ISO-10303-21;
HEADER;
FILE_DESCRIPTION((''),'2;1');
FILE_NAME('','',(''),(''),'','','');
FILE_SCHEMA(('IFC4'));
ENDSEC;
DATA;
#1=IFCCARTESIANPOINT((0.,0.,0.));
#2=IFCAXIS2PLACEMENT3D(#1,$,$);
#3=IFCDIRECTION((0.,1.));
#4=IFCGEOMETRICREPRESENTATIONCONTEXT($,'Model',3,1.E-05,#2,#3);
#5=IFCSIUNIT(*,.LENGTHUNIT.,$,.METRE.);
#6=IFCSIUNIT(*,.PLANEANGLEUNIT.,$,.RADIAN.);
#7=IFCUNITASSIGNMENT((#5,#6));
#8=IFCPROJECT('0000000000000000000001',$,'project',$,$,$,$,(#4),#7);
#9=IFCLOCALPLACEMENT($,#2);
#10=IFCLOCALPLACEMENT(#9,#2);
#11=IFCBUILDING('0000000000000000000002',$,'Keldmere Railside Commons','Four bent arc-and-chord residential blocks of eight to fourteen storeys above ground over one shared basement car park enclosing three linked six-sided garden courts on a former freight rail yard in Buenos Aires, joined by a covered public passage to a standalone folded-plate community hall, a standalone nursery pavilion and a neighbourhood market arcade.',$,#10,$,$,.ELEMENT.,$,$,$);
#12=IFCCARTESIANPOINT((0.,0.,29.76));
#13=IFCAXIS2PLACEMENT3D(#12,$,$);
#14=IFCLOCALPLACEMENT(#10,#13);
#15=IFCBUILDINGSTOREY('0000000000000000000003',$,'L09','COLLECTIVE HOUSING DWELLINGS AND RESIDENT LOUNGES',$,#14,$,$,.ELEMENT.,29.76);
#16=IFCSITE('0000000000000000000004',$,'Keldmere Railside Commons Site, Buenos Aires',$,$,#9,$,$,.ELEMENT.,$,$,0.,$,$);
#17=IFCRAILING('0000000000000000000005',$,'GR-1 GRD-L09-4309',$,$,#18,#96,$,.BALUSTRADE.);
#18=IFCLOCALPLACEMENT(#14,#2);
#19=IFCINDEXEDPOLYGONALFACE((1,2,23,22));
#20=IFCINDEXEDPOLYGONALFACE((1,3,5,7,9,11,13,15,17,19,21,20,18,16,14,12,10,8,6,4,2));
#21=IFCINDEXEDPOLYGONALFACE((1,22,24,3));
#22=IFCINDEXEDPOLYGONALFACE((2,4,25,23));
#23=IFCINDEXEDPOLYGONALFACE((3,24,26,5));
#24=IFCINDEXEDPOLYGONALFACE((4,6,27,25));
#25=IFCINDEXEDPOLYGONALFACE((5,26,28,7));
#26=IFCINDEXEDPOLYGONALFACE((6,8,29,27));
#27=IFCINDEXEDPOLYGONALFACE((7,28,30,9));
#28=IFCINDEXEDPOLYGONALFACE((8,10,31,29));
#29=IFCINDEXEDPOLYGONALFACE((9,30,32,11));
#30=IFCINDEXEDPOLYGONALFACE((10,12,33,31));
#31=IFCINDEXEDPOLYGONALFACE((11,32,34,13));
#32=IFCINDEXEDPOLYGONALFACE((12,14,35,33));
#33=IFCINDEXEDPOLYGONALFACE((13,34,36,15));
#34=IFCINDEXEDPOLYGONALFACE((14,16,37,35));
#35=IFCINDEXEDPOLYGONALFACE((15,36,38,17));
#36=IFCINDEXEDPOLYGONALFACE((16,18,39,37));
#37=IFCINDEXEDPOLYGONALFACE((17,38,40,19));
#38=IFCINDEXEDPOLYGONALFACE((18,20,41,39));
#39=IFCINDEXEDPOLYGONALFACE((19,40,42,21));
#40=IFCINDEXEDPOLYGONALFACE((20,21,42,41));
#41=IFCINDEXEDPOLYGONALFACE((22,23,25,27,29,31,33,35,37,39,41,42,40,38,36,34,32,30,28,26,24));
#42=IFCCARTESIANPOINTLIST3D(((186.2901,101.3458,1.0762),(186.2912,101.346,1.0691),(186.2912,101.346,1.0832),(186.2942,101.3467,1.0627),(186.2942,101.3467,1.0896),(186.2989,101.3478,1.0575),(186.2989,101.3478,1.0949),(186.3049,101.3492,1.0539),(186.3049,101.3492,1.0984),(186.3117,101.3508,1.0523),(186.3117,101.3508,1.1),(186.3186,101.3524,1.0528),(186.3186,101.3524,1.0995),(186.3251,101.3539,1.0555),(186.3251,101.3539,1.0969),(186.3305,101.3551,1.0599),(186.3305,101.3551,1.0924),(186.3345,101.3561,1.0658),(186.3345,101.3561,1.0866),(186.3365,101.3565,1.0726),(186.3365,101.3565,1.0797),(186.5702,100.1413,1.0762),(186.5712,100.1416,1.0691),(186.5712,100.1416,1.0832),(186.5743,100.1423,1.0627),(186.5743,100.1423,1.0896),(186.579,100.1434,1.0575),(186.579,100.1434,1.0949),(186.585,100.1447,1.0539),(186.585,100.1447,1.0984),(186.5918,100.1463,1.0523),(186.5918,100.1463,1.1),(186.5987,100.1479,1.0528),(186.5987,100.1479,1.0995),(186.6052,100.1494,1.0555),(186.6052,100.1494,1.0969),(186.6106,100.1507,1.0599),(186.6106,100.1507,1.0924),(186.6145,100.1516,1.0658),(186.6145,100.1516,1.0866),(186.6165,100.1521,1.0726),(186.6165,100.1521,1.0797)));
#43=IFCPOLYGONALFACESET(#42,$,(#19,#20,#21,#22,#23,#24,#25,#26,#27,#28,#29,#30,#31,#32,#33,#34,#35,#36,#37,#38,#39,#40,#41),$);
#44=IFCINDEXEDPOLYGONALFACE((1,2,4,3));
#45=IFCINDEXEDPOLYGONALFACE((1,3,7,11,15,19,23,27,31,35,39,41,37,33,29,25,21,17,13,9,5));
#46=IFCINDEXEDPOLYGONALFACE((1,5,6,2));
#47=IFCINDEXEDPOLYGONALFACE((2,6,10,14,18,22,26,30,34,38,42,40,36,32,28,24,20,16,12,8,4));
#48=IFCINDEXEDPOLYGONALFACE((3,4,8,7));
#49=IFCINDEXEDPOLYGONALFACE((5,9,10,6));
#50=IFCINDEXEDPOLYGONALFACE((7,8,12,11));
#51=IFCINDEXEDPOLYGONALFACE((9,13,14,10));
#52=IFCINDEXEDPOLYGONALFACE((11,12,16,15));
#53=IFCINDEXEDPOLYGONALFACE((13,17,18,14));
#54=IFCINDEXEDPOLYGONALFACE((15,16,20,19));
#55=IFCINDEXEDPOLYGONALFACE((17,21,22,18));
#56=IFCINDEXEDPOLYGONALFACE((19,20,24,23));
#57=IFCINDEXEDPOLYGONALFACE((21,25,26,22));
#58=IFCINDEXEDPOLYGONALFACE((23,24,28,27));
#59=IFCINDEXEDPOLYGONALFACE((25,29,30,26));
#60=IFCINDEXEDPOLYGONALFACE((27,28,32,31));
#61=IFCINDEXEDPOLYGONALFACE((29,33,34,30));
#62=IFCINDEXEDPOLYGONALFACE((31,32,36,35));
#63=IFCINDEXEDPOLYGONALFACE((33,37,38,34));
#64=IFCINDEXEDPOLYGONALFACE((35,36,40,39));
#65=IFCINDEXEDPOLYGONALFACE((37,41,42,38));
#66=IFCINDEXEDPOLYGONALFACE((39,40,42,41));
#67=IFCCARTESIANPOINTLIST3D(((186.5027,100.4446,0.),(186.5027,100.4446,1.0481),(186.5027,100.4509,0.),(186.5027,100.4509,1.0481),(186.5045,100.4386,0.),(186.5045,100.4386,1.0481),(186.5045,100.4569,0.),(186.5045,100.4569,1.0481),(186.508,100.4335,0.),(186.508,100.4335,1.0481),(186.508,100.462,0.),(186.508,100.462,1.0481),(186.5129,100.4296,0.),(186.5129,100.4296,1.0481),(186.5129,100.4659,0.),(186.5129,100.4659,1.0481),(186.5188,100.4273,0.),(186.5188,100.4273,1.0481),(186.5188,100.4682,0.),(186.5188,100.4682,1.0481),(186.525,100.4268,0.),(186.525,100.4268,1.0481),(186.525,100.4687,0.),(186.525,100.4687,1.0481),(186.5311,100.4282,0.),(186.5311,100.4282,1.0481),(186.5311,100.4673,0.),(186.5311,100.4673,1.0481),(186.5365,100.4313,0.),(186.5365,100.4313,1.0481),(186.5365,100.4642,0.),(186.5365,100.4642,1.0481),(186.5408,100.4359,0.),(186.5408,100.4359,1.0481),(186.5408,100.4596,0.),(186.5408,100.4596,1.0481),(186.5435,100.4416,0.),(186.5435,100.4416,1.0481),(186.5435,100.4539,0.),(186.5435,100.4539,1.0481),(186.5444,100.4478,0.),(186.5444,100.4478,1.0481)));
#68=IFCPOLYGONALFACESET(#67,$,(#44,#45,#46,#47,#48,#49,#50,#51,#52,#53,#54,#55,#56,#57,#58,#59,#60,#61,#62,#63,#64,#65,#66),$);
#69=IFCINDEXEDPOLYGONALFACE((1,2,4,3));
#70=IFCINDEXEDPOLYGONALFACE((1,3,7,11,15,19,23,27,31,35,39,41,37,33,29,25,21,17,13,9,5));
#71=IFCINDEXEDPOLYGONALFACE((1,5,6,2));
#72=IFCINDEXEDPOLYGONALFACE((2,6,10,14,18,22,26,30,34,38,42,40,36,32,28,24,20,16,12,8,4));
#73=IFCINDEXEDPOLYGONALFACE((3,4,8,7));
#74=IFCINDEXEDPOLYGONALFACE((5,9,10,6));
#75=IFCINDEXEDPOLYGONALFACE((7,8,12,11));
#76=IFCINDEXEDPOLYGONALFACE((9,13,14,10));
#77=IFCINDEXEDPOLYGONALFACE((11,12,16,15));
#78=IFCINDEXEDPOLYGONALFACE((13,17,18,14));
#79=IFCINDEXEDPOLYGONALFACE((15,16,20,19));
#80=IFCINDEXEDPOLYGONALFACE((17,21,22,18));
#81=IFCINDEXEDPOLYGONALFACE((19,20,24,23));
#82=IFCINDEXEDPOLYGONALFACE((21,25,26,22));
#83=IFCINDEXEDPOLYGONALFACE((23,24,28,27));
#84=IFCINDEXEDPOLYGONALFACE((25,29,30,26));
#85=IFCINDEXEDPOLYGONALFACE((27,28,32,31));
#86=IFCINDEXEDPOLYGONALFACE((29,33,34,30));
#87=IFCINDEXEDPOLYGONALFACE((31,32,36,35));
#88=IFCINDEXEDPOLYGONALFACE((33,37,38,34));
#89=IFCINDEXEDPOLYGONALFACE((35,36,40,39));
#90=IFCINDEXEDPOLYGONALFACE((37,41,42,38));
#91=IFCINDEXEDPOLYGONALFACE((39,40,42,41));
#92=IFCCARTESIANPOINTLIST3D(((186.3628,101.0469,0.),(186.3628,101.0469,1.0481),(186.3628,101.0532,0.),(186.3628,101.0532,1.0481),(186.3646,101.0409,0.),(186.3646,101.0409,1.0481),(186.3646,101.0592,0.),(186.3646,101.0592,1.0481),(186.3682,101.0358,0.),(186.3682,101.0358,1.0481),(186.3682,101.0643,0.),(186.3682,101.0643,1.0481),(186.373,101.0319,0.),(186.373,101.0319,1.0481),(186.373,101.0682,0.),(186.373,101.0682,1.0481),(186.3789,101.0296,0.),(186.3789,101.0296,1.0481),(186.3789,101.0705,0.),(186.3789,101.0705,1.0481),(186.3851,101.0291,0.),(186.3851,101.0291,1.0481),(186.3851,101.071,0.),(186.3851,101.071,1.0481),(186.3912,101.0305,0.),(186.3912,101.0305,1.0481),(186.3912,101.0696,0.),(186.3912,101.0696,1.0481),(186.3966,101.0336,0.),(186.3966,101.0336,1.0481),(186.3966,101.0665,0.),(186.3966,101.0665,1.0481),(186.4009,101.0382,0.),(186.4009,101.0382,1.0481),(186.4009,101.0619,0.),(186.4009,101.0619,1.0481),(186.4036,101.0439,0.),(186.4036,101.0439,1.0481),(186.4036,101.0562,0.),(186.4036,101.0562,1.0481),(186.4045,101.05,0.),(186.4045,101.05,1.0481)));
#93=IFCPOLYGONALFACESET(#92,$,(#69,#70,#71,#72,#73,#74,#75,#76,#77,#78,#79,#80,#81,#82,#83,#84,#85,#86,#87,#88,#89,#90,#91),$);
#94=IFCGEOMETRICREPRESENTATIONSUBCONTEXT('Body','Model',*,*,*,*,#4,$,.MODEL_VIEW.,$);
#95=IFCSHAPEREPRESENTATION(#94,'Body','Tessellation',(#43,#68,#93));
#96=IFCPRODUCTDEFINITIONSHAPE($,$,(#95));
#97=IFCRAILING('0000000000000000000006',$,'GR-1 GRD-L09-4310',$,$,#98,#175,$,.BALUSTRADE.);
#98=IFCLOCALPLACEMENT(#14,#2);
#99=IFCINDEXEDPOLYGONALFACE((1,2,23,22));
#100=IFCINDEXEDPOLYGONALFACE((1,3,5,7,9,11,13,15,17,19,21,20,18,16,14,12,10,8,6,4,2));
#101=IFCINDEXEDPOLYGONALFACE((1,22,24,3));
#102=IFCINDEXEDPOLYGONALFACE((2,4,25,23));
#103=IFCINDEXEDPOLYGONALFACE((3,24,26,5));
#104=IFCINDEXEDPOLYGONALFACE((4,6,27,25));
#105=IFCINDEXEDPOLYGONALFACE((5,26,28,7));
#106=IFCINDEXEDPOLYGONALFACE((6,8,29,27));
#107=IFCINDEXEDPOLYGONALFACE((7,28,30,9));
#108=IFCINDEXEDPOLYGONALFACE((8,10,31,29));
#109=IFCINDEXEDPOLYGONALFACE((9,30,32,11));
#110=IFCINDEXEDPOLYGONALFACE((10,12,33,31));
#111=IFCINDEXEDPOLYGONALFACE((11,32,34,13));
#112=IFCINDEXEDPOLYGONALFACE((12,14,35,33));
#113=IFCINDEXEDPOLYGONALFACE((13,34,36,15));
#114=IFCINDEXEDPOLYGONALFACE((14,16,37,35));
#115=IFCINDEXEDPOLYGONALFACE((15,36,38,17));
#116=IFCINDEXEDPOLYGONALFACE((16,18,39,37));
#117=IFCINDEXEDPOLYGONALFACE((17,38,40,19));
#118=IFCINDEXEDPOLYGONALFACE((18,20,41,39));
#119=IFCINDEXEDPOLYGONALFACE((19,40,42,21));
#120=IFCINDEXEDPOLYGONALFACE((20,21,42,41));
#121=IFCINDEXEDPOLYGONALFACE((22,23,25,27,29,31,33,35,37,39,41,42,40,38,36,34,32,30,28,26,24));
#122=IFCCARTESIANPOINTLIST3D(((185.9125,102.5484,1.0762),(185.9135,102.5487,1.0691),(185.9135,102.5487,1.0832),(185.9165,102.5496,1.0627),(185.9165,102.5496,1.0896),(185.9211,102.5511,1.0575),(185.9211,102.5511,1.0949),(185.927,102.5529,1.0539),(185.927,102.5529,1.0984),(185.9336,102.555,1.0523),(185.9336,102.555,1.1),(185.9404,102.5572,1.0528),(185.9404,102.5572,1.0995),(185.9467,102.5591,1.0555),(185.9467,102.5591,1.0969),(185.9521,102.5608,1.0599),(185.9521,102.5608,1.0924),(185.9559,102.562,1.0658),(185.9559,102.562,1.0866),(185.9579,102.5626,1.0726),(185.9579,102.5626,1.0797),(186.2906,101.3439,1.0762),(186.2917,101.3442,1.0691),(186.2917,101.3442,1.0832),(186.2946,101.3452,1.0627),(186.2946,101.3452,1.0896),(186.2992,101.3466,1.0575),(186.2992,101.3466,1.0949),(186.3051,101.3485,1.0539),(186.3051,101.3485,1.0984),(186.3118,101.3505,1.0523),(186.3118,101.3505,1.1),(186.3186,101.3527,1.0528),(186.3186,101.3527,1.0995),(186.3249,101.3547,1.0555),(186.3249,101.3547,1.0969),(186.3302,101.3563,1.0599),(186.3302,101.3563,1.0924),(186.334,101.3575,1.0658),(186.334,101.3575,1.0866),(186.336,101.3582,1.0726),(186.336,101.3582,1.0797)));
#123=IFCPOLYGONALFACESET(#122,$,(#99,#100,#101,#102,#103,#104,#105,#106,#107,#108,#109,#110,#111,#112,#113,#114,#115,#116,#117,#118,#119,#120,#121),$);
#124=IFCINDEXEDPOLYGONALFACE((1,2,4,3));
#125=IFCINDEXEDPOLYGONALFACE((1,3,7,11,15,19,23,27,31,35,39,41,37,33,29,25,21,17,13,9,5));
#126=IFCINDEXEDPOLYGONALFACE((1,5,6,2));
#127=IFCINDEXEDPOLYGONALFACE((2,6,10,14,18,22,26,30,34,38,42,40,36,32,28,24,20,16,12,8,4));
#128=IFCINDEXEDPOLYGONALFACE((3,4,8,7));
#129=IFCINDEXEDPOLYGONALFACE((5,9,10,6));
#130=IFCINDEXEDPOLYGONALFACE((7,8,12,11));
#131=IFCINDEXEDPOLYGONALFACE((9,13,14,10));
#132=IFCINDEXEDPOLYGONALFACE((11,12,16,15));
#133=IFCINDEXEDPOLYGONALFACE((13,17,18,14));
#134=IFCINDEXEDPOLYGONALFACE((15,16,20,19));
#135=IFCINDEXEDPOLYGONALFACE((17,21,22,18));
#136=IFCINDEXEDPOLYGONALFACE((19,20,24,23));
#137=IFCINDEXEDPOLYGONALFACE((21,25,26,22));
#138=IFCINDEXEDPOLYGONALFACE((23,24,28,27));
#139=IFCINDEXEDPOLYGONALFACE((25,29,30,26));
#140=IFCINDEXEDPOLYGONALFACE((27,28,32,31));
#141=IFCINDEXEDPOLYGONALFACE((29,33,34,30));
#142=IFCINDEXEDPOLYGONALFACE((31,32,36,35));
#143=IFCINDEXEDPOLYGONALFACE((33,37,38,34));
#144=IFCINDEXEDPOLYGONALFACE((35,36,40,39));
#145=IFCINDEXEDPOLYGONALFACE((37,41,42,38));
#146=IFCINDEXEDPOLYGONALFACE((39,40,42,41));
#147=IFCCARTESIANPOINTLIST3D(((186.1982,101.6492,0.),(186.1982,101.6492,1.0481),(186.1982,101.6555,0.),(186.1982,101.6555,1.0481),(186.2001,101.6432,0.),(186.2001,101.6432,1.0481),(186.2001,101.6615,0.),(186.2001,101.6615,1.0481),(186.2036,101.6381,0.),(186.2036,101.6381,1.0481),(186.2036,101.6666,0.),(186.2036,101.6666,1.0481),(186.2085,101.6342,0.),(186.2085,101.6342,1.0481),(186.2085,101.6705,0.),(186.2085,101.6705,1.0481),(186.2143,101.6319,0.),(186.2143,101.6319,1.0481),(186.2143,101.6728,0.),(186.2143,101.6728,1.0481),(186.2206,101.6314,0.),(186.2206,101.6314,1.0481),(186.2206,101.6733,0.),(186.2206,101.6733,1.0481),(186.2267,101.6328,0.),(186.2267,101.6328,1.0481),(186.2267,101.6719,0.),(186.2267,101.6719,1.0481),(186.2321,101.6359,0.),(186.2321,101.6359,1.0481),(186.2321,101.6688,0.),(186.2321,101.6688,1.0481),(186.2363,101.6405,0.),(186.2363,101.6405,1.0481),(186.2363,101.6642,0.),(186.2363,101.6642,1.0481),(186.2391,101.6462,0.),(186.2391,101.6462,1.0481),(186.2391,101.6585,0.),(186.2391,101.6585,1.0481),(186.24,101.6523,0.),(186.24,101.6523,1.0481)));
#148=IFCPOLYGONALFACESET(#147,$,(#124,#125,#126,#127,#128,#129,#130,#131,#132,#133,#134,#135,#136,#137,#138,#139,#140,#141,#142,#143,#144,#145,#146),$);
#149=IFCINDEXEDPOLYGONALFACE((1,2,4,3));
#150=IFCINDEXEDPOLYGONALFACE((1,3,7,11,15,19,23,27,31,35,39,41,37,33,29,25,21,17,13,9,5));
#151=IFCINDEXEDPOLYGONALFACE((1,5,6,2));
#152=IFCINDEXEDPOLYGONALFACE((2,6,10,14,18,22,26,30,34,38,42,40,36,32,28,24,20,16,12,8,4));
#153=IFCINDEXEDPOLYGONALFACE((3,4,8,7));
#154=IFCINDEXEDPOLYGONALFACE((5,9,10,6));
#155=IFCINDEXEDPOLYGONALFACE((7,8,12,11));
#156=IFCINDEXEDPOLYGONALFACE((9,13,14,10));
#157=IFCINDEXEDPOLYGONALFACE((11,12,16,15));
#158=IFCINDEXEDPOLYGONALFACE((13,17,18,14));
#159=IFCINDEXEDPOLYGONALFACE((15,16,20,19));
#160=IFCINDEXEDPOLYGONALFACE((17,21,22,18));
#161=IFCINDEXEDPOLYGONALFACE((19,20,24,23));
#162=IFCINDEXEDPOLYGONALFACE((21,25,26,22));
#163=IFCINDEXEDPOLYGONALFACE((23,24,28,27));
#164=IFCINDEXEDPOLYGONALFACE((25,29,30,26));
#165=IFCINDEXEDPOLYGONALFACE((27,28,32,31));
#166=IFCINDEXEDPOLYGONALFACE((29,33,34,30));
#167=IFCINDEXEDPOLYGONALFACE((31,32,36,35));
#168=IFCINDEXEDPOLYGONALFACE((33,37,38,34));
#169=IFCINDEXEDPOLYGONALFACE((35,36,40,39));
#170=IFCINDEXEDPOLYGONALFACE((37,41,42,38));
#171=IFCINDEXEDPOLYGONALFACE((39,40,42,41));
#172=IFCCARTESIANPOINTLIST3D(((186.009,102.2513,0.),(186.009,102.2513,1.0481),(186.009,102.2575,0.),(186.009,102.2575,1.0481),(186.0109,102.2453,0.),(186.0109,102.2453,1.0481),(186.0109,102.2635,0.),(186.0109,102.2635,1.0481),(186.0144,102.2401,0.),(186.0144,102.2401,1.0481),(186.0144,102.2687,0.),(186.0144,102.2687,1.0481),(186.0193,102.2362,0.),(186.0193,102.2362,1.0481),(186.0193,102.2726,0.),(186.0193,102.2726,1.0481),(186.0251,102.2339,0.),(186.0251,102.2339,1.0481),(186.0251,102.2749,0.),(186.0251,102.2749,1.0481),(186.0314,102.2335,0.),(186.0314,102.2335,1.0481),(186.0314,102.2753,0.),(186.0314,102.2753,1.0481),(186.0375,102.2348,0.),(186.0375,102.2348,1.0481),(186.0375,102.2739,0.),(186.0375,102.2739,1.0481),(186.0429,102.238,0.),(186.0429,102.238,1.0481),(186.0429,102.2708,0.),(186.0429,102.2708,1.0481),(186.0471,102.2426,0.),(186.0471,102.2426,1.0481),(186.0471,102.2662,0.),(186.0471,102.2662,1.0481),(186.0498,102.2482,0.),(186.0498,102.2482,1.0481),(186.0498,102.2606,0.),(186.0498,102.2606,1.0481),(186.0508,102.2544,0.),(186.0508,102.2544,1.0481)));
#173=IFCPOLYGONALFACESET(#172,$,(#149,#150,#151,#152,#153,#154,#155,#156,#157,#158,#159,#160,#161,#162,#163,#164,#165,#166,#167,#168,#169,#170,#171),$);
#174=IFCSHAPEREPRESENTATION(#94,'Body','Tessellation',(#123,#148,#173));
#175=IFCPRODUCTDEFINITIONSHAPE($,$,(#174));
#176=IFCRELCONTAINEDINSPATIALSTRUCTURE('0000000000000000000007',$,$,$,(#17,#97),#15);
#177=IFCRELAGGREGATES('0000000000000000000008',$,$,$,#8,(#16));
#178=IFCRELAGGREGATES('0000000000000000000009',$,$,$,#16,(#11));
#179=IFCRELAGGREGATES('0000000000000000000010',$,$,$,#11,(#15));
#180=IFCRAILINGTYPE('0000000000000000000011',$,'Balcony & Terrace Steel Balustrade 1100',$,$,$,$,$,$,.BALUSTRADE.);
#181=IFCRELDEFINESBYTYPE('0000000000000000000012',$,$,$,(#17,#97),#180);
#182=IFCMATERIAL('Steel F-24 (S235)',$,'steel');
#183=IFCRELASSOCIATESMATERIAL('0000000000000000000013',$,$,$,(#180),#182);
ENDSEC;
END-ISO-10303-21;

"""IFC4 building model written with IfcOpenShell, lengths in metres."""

from ifc_helpers import new_model, si_unit, direction, frame, origin, origin_2d, place, context, subcontext, project, spatial, circle, extrude, material, type_object, element, save


model = new_model("IFC4")

# Units and contexts
model_context = context("Model", 3, precision=1e-05, world=origin(), true_north=direction((0.0, 1.0)))
body_context = subcontext(model_context, "Body", "Model", "MODEL_VIEW")
ifc_project = project(units=[si_unit("LENGTHUNIT", "METRE"), si_unit("PLANEANGLEUNIT", "RADIAN")], contexts=[model_context])

# Site, building, storey
site_placement = place(None, origin())
site = spatial("IfcSite", under=ifc_project, at=site_placement, Name="Keldmere Railside Commons Site, Buenos Aires", CompositionType="ELEMENT", RefElevation=0.0)
building_placement = place(site_placement, origin())
building = spatial("IfcBuilding", under=site, at=building_placement, Name="Keldmere Railside Commons", Description="Four bent arc-and-chord residential blocks of eight to fourteen storeys above ground over one shared basement car park enclosing three linked six-sided garden courts on a former freight rail yard in Buenos Aires, joined by a covered public passage to a standalone folded-plate community hall, a standalone nursery pavilion and a neighbourhood market arcade.", CompositionType="ELEMENT")
storey_placement = place(building_placement, frame((0.0, 0.0, 29.76)))
storey = spatial("IfcBuildingStorey", under=building, at=storey_placement, Name="L09", Description="COLLECTIVE HOUSING DWELLINGS AND RESIDENT LOUNGES", CompositionType="ELEMENT", Elevation=29.76)

# Railings
ifc_material_1 = material(Name="Steel F-24 (S235)", Category="steel")
railing_type = type_object("IfcRailingType", Name="Balcony & Terrace Steel Balustrade 1100", PredefinedType="BALUSTRADE", material=ifc_material_1)
railing_1_placement = place(storey_placement, frame((186.5935, 100.1467, 0.0)))
element("IfcRailing", 1, at=railing_1_placement, inside=storey, type_object=railing_type, Name="GR-1 GRD-L09-4309", PredefinedType="BALUSTRADE", context=body_context, shape_type="SweptSolid", body=[
    extrude(circle(Radius=0.0239, at=origin_2d()), frame((0.0, 0.0, 1.0762), z_axis=(-0.226474, 0.974017, 0.0), x_axis=(-0.974017, -0.226474, 0.0)), (0.0, 0.0, 1.0), 1.2366),
    extrude(circle(Radius=0.021, at=origin_2d()), frame((-0.0701, 0.301, 0.0)), (0.0, 0.0, 1.0), 1.0481),
    extrude(circle(Radius=0.021, at=origin_2d()), frame((-0.21, 0.9033, 0.0)), (0.0, 0.0, 1.0), 1.0481),
])
railing_2_placement = place(storey_placement, frame((186.3135, 101.3511, 0.0)))
element("IfcRailing", 2, at=railing_2_placement, inside=storey, type_object=railing_type, Name="GR-1 GRD-L09-4310", PredefinedType="BALUSTRADE", context=body_context, shape_type="SweptSolid", body=[
    extrude(circle(Radius=0.0239, at=origin_2d()), frame((0.0, 0.0, 1.0762), z_axis=(-0.29953, 0.954087, 0.0), x_axis=(-0.954087, -0.29953, 0.0)), (0.0, 0.0, 1.0), 1.2625),
    extrude(circle(Radius=0.021, at=origin_2d()), frame((-0.0945, 0.3013, 0.0)), (0.0, 0.0, 1.0), 1.0481),
    extrude(circle(Radius=0.021, at=origin_2d()), frame((-0.2837, 0.9033, 0.0)), (0.0, 0.0, 1.0), 1.0481),
])

save(model, "model.ifc")
